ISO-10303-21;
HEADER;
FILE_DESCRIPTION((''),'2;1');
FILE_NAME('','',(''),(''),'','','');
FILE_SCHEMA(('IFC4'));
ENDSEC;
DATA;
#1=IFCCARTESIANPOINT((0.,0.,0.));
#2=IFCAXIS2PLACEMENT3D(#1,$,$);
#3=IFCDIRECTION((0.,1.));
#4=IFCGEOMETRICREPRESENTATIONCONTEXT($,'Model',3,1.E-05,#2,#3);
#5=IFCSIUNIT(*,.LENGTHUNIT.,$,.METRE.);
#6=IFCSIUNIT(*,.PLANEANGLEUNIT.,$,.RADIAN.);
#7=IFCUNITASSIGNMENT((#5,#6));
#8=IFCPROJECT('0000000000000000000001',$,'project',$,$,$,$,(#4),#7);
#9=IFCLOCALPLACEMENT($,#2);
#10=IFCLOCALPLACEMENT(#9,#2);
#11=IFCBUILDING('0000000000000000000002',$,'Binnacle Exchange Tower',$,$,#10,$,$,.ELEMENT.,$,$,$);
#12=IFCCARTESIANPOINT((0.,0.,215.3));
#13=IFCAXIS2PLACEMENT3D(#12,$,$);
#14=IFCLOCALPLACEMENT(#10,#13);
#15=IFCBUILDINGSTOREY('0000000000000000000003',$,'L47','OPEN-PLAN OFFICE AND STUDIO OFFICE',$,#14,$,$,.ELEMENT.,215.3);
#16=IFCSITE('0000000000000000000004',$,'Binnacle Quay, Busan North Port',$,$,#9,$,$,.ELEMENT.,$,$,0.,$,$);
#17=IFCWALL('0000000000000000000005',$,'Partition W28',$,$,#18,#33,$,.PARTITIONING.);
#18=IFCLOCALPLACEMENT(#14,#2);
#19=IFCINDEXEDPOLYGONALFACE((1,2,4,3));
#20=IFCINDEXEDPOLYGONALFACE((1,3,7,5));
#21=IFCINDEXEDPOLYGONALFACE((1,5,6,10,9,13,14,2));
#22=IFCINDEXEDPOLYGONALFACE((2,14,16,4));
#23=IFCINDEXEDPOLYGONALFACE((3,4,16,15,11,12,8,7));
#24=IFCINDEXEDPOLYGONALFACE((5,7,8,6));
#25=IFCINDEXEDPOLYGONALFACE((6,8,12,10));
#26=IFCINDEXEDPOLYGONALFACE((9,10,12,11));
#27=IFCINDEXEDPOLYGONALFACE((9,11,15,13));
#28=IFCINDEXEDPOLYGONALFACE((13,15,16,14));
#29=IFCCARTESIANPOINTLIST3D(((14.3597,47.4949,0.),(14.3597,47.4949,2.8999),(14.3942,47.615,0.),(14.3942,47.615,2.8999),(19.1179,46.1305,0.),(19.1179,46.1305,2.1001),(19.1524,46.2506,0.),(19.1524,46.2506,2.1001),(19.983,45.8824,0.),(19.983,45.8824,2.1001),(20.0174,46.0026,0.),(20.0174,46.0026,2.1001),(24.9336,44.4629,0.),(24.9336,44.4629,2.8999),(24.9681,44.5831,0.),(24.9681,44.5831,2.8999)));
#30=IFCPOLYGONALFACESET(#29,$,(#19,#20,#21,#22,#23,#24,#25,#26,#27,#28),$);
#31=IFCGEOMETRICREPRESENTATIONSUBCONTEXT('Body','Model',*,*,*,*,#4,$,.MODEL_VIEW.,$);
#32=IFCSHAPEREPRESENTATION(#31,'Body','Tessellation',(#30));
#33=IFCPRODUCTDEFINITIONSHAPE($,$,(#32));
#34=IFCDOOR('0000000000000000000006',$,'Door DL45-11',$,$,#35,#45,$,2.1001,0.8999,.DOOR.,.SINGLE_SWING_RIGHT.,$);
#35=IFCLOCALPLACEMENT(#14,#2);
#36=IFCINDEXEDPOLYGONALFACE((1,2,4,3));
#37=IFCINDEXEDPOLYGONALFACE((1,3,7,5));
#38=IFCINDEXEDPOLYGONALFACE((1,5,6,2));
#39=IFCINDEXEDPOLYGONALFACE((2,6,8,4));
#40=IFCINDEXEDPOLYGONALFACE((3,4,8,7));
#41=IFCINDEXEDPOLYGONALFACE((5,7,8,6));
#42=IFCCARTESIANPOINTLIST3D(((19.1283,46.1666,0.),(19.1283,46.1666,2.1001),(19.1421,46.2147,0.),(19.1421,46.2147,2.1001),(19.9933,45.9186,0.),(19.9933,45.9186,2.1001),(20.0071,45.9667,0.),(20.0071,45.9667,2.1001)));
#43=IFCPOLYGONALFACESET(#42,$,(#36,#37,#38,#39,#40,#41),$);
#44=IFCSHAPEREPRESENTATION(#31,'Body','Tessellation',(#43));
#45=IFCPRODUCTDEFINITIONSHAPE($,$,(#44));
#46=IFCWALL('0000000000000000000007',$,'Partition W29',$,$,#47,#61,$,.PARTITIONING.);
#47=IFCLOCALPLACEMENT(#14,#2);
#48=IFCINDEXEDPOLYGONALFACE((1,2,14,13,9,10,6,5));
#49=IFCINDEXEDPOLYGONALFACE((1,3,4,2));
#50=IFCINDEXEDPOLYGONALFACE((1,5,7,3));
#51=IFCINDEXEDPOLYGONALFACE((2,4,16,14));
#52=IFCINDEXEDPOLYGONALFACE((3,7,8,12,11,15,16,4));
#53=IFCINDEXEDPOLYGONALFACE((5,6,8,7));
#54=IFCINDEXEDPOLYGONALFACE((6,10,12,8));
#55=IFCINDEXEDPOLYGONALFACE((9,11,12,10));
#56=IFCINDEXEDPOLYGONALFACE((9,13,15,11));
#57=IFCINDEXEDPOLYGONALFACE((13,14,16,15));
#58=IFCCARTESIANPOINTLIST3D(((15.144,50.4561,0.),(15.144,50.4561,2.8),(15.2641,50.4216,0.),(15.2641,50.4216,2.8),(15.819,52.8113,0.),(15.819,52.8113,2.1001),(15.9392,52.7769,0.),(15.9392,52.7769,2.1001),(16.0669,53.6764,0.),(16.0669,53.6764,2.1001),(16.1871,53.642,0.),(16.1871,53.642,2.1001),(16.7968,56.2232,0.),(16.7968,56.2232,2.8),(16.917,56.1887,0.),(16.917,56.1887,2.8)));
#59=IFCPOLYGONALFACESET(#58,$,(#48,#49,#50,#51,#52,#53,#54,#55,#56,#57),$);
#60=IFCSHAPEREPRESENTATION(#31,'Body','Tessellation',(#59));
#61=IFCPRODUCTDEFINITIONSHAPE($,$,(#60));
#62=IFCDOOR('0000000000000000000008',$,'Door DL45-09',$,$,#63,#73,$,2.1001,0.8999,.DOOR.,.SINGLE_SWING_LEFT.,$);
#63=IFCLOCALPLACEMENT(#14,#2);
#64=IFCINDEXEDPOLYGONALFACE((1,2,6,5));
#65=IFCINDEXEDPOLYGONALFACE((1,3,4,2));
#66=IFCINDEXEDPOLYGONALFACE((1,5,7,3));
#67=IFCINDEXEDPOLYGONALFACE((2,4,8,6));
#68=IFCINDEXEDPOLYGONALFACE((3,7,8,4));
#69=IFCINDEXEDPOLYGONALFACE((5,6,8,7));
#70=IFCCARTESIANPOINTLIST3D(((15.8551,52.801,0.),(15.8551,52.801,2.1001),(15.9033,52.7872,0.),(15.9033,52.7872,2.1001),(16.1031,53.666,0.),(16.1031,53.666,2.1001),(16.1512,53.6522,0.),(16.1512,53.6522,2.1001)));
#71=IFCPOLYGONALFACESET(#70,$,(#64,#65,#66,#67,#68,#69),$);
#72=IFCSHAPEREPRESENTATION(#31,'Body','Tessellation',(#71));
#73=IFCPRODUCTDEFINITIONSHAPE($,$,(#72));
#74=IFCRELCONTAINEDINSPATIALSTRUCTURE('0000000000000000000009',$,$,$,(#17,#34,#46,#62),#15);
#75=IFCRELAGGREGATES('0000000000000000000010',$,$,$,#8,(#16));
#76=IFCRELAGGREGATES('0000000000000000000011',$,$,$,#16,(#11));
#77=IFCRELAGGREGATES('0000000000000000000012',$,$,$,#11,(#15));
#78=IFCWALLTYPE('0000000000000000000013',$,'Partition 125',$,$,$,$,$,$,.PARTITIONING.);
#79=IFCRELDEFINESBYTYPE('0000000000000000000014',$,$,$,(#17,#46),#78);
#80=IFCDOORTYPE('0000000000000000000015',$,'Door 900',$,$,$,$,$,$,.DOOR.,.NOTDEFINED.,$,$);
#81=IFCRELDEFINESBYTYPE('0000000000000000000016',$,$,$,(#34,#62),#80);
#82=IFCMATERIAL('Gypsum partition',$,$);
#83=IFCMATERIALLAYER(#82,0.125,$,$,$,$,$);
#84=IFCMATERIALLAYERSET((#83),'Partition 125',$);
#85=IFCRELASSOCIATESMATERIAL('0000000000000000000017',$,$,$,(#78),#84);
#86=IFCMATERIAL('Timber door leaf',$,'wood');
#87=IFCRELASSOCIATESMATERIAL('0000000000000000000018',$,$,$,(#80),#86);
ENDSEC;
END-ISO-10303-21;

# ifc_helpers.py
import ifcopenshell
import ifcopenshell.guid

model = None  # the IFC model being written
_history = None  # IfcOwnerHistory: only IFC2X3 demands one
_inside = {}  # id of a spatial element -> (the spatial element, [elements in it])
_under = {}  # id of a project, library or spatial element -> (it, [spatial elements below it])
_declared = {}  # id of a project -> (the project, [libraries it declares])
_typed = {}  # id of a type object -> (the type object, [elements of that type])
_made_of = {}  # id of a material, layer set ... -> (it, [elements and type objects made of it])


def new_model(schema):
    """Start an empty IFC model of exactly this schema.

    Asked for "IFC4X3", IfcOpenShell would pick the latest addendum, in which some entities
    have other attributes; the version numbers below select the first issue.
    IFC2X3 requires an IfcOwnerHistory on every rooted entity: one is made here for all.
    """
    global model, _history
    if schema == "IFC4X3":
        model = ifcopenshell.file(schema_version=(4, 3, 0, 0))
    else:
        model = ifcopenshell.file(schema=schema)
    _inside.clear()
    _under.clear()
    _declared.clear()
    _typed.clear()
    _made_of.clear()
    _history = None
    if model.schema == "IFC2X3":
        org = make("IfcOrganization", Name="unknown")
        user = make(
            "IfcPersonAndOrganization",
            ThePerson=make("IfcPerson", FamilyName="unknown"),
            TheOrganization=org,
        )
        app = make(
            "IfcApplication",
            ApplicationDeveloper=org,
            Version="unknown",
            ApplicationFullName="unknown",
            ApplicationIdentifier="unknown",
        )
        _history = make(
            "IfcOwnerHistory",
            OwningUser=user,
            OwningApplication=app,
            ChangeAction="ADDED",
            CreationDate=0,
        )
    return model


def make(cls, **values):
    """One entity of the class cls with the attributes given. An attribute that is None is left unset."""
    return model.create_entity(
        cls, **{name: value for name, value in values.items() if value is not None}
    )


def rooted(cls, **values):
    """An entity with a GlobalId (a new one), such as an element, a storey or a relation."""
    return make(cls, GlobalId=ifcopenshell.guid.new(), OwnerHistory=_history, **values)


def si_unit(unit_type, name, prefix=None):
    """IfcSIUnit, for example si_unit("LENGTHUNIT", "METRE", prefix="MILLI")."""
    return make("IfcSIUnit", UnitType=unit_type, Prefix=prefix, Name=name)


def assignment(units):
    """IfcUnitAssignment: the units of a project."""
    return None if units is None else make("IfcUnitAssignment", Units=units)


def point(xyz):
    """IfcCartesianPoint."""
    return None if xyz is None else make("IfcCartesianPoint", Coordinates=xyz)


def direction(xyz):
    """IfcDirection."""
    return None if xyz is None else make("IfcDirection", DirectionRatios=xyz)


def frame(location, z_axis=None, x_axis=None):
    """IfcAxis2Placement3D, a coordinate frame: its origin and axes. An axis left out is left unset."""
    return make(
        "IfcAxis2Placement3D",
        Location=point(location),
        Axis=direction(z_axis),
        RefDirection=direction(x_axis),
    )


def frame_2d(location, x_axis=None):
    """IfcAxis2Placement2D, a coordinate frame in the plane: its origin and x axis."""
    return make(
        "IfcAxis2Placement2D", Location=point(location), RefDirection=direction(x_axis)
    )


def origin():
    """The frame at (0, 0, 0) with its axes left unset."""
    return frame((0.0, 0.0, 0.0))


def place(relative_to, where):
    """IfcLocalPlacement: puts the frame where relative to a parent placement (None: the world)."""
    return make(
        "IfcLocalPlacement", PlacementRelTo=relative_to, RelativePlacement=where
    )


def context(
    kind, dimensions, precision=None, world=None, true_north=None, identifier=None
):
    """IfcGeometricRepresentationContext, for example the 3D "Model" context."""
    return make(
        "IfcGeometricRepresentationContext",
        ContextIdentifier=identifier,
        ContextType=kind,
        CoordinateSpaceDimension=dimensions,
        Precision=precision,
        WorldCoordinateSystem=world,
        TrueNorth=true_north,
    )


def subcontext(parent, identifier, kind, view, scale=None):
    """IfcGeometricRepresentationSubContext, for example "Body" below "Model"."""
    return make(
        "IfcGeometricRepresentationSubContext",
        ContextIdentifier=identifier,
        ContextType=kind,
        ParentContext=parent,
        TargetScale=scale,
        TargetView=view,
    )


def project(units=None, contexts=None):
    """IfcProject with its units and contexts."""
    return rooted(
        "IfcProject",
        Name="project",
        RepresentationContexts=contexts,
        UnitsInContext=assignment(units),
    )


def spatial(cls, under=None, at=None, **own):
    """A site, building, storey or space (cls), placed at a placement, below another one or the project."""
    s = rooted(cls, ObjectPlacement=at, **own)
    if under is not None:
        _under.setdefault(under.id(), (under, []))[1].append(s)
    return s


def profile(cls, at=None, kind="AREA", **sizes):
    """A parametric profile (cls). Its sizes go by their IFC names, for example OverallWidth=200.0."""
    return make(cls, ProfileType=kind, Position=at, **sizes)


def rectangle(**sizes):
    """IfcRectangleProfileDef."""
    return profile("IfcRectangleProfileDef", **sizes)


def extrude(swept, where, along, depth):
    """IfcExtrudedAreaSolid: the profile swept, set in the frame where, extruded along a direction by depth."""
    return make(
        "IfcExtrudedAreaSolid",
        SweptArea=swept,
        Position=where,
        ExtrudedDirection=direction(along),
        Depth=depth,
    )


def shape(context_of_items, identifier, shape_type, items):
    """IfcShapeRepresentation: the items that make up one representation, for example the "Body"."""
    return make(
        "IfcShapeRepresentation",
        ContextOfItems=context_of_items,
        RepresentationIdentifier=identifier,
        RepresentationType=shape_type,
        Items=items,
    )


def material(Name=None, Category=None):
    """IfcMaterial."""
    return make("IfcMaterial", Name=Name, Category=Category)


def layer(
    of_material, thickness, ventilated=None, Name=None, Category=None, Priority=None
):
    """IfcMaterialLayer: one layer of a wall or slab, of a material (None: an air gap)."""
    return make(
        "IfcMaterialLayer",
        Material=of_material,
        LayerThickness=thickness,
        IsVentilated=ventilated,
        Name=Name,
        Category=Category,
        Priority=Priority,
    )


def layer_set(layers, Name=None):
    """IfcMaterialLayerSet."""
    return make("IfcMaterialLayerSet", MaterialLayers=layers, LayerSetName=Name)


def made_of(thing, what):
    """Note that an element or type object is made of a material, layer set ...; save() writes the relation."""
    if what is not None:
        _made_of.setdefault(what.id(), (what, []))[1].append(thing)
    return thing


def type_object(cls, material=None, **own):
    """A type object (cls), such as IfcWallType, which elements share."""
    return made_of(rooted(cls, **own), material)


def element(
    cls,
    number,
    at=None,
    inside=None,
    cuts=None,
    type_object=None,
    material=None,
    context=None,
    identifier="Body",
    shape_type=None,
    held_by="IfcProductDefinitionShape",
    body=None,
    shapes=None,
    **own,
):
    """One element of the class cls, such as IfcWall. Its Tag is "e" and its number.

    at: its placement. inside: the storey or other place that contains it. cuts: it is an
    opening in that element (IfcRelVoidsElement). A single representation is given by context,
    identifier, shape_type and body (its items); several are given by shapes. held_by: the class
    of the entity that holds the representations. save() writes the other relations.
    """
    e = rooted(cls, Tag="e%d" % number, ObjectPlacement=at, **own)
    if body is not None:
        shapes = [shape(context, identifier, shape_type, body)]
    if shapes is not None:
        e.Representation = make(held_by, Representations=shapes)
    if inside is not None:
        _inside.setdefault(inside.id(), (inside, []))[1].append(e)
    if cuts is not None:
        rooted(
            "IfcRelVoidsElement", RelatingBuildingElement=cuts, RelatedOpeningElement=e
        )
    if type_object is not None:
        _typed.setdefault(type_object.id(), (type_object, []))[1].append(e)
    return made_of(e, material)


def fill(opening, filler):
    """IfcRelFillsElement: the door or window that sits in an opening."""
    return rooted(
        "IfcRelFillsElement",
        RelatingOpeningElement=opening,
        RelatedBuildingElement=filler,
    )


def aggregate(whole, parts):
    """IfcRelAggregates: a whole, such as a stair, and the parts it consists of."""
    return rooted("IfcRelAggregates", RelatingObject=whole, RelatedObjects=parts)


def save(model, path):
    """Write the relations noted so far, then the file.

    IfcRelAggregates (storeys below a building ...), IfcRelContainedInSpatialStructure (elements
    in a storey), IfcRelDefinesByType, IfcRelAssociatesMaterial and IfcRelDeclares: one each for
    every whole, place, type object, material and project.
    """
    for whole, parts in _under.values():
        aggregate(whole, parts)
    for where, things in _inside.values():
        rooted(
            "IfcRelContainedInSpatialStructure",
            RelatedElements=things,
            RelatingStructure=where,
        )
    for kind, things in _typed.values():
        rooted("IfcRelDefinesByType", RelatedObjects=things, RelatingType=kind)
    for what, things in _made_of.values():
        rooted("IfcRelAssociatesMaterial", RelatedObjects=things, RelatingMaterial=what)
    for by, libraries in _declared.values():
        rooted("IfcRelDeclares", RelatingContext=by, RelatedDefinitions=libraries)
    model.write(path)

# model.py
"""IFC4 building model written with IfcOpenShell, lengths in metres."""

from ifc_helpers import new_model, si_unit, direction, frame, frame_2d, origin, place, context, subcontext, project, spatial, rectangle, extrude, material, layer, layer_set, type_object, element, fill, save


model = new_model("IFC4")

# Units and contexts
model_context = context("Model", 3, precision=1e-05, world=origin(), true_north=direction((0.0, 1.0)))
body_context = subcontext(model_context, "Body", "Model", "MODEL_VIEW")
ifc_project = project(units=[si_unit("LENGTHUNIT", "METRE"), si_unit("PLANEANGLEUNIT", "RADIAN")], contexts=[model_context])

# Site, building, storey
site_placement = place(None, origin())
site = spatial("IfcSite", under=ifc_project, at=site_placement, Name="Binnacle Quay, Busan North Port", CompositionType="ELEMENT", RefElevation=0.0)
building_placement = place(site_placement, origin())
building = spatial("IfcBuilding", under=site, at=building_placement, Name="Binnacle Exchange Tower", CompositionType="ELEMENT")
storey_placement = place(building_placement, frame((0.0, 0.0, 215.3)))
storey = spatial("IfcBuildingStorey", under=building, at=storey_placement, Name="L47", Description="OPEN-PLAN OFFICE AND STUDIO OFFICE", CompositionType="ELEMENT", Elevation=215.3)

# Shared definitions
ifc_material_1 = material(Name="Gypsum partition")
ifc_layer_1 = layer(ifc_material_1, 0.125)
ifc_layer_set_1 = layer_set([ifc_layer_1], Name="Partition 125")
wall_type_1 = type_object("IfcWallType", Name="Partition 125", PredefinedType="PARTITIONING", material=ifc_layer_set_1)

# Walls, openings, doors
wall_1_placement = place(storey_placement, frame((14.377, 47.5549, 0.0), z_axis=(0.0, 0.0, 1.0), x_axis=(0.961263, -0.275633, 0.0)))
wall_1 = element("IfcWall", 1, at=wall_1_placement, inside=storey, type_object=wall_type_1, Name="Partition W28", PredefinedType="PARTITIONING", context=body_context, shape_type="SweptSolid", body=[
    extrude(rectangle(XDim=11.0, YDim=0.125, at=frame_2d((5.5, 0.0))), origin(), (0.0, 0.0, 1.0), 2.8999),
])
opening_1_placement = place(wall_1_placement, frame((4.95, 0.0, 0.0)))
opening_1 = element("IfcOpeningElement", 2, at=opening_1_placement, cuts=wall_1, PredefinedType="OPENING", context=body_context, shape_type="SweptSolid", body=[
    extrude(rectangle(XDim=0.8999, YDim=2.1001, at=frame_2d((0.45, 1.05))), frame((0.0, 0.0725, 0.0), z_axis=(0.0, -1.0, 0.0), x_axis=(1.0, 0.0, 0.0)), (0.0, 0.0, 1.0), 0.145),
])
ifc_material_2 = material(Name="Timber door leaf", Category="wood")
door_type_1 = type_object("IfcDoorType", Name="Door 900", OperationType="NOTDEFINED", PredefinedType="DOOR", material=ifc_material_2)
door_1_placement = place(opening_1_placement, frame((0.8999, 0.0, 0.0), z_axis=(0.0, 0.0, 1.0), x_axis=(-1.0, 0.0, 0.0)))
door_1 = element("IfcDoor", 3, at=door_1_placement, inside=storey, type_object=door_type_1, Name="Door DL45-11", OperationType="SINGLE_SWING_RIGHT", OverallHeight=2.1001, OverallWidth=0.8999, PredefinedType="DOOR", context=body_context, shape_type="SweptSolid", body=[
    extrude(rectangle(XDim=0.8999, YDim=2.1001, at=frame_2d((0.45, 1.05))), frame((0.0, 0.0249, 0.0), z_axis=(0.0, -1.0, 0.0), x_axis=(1.0, 0.0, 0.0)), (0.0, 0.0, 1.0), 0.05),
])
fill(opening_1, door_1)
wall_2_placement = place(storey_placement, frame((15.2041, 50.439, 0.0), z_axis=(0.0, 0.0, 1.0), x_axis=(0.275506, 0.961299, 0.0)))
wall_2 = element("IfcWall", 4, at=wall_2_placement, inside=storey, type_object=wall_type_1, Name="Partition W29", PredefinedType="PARTITIONING", context=body_context, shape_type="SweptSolid", body=[
    extrude(rectangle(XDim=5.9993, YDim=0.125, at=frame_2d((2.9995, 0.0))), origin(), (0.0, 0.0, 1.0), 2.8),
])
opening_2_placement = place(wall_2_placement, frame((2.45, 0.0, 0.0)))
opening_2 = element("IfcOpeningElement", 5, at=opening_2_placement, cuts=wall_2, PredefinedType="OPENING", context=body_context, shape_type="SweptSolid", body=[
    extrude(rectangle(XDim=0.8999, YDim=2.1001, at=frame_2d((0.45, 1.05))), frame((0.0, 0.0725, 0.0), z_axis=(0.0, -1.0, 0.0), x_axis=(1.0, 0.0, 0.0)), (0.0, 0.0, 1.0), 0.145),
])
door_2_placement = place(opening_2_placement, origin())
door_2 = element("IfcDoor", 6, at=door_2_placement, inside=storey, type_object=door_type_1, Name="Door DL45-09", OperationType="SINGLE_SWING_LEFT", OverallHeight=2.1001, OverallWidth=0.8999, PredefinedType="DOOR", context=body_context, shape_type="SweptSolid", body=[
    extrude(rectangle(XDim=0.8999, YDim=2.1001, at=frame_2d((0.45, 1.05))), frame((0.0, 0.0249, 0.0), z_axis=(0.0, -1.0, 0.0), x_axis=(1.0, 0.0, 0.0)), (0.0, 0.0, 1.0), 0.05),
])
fill(opening_2, door_2)

save(model, "model.ifc")
